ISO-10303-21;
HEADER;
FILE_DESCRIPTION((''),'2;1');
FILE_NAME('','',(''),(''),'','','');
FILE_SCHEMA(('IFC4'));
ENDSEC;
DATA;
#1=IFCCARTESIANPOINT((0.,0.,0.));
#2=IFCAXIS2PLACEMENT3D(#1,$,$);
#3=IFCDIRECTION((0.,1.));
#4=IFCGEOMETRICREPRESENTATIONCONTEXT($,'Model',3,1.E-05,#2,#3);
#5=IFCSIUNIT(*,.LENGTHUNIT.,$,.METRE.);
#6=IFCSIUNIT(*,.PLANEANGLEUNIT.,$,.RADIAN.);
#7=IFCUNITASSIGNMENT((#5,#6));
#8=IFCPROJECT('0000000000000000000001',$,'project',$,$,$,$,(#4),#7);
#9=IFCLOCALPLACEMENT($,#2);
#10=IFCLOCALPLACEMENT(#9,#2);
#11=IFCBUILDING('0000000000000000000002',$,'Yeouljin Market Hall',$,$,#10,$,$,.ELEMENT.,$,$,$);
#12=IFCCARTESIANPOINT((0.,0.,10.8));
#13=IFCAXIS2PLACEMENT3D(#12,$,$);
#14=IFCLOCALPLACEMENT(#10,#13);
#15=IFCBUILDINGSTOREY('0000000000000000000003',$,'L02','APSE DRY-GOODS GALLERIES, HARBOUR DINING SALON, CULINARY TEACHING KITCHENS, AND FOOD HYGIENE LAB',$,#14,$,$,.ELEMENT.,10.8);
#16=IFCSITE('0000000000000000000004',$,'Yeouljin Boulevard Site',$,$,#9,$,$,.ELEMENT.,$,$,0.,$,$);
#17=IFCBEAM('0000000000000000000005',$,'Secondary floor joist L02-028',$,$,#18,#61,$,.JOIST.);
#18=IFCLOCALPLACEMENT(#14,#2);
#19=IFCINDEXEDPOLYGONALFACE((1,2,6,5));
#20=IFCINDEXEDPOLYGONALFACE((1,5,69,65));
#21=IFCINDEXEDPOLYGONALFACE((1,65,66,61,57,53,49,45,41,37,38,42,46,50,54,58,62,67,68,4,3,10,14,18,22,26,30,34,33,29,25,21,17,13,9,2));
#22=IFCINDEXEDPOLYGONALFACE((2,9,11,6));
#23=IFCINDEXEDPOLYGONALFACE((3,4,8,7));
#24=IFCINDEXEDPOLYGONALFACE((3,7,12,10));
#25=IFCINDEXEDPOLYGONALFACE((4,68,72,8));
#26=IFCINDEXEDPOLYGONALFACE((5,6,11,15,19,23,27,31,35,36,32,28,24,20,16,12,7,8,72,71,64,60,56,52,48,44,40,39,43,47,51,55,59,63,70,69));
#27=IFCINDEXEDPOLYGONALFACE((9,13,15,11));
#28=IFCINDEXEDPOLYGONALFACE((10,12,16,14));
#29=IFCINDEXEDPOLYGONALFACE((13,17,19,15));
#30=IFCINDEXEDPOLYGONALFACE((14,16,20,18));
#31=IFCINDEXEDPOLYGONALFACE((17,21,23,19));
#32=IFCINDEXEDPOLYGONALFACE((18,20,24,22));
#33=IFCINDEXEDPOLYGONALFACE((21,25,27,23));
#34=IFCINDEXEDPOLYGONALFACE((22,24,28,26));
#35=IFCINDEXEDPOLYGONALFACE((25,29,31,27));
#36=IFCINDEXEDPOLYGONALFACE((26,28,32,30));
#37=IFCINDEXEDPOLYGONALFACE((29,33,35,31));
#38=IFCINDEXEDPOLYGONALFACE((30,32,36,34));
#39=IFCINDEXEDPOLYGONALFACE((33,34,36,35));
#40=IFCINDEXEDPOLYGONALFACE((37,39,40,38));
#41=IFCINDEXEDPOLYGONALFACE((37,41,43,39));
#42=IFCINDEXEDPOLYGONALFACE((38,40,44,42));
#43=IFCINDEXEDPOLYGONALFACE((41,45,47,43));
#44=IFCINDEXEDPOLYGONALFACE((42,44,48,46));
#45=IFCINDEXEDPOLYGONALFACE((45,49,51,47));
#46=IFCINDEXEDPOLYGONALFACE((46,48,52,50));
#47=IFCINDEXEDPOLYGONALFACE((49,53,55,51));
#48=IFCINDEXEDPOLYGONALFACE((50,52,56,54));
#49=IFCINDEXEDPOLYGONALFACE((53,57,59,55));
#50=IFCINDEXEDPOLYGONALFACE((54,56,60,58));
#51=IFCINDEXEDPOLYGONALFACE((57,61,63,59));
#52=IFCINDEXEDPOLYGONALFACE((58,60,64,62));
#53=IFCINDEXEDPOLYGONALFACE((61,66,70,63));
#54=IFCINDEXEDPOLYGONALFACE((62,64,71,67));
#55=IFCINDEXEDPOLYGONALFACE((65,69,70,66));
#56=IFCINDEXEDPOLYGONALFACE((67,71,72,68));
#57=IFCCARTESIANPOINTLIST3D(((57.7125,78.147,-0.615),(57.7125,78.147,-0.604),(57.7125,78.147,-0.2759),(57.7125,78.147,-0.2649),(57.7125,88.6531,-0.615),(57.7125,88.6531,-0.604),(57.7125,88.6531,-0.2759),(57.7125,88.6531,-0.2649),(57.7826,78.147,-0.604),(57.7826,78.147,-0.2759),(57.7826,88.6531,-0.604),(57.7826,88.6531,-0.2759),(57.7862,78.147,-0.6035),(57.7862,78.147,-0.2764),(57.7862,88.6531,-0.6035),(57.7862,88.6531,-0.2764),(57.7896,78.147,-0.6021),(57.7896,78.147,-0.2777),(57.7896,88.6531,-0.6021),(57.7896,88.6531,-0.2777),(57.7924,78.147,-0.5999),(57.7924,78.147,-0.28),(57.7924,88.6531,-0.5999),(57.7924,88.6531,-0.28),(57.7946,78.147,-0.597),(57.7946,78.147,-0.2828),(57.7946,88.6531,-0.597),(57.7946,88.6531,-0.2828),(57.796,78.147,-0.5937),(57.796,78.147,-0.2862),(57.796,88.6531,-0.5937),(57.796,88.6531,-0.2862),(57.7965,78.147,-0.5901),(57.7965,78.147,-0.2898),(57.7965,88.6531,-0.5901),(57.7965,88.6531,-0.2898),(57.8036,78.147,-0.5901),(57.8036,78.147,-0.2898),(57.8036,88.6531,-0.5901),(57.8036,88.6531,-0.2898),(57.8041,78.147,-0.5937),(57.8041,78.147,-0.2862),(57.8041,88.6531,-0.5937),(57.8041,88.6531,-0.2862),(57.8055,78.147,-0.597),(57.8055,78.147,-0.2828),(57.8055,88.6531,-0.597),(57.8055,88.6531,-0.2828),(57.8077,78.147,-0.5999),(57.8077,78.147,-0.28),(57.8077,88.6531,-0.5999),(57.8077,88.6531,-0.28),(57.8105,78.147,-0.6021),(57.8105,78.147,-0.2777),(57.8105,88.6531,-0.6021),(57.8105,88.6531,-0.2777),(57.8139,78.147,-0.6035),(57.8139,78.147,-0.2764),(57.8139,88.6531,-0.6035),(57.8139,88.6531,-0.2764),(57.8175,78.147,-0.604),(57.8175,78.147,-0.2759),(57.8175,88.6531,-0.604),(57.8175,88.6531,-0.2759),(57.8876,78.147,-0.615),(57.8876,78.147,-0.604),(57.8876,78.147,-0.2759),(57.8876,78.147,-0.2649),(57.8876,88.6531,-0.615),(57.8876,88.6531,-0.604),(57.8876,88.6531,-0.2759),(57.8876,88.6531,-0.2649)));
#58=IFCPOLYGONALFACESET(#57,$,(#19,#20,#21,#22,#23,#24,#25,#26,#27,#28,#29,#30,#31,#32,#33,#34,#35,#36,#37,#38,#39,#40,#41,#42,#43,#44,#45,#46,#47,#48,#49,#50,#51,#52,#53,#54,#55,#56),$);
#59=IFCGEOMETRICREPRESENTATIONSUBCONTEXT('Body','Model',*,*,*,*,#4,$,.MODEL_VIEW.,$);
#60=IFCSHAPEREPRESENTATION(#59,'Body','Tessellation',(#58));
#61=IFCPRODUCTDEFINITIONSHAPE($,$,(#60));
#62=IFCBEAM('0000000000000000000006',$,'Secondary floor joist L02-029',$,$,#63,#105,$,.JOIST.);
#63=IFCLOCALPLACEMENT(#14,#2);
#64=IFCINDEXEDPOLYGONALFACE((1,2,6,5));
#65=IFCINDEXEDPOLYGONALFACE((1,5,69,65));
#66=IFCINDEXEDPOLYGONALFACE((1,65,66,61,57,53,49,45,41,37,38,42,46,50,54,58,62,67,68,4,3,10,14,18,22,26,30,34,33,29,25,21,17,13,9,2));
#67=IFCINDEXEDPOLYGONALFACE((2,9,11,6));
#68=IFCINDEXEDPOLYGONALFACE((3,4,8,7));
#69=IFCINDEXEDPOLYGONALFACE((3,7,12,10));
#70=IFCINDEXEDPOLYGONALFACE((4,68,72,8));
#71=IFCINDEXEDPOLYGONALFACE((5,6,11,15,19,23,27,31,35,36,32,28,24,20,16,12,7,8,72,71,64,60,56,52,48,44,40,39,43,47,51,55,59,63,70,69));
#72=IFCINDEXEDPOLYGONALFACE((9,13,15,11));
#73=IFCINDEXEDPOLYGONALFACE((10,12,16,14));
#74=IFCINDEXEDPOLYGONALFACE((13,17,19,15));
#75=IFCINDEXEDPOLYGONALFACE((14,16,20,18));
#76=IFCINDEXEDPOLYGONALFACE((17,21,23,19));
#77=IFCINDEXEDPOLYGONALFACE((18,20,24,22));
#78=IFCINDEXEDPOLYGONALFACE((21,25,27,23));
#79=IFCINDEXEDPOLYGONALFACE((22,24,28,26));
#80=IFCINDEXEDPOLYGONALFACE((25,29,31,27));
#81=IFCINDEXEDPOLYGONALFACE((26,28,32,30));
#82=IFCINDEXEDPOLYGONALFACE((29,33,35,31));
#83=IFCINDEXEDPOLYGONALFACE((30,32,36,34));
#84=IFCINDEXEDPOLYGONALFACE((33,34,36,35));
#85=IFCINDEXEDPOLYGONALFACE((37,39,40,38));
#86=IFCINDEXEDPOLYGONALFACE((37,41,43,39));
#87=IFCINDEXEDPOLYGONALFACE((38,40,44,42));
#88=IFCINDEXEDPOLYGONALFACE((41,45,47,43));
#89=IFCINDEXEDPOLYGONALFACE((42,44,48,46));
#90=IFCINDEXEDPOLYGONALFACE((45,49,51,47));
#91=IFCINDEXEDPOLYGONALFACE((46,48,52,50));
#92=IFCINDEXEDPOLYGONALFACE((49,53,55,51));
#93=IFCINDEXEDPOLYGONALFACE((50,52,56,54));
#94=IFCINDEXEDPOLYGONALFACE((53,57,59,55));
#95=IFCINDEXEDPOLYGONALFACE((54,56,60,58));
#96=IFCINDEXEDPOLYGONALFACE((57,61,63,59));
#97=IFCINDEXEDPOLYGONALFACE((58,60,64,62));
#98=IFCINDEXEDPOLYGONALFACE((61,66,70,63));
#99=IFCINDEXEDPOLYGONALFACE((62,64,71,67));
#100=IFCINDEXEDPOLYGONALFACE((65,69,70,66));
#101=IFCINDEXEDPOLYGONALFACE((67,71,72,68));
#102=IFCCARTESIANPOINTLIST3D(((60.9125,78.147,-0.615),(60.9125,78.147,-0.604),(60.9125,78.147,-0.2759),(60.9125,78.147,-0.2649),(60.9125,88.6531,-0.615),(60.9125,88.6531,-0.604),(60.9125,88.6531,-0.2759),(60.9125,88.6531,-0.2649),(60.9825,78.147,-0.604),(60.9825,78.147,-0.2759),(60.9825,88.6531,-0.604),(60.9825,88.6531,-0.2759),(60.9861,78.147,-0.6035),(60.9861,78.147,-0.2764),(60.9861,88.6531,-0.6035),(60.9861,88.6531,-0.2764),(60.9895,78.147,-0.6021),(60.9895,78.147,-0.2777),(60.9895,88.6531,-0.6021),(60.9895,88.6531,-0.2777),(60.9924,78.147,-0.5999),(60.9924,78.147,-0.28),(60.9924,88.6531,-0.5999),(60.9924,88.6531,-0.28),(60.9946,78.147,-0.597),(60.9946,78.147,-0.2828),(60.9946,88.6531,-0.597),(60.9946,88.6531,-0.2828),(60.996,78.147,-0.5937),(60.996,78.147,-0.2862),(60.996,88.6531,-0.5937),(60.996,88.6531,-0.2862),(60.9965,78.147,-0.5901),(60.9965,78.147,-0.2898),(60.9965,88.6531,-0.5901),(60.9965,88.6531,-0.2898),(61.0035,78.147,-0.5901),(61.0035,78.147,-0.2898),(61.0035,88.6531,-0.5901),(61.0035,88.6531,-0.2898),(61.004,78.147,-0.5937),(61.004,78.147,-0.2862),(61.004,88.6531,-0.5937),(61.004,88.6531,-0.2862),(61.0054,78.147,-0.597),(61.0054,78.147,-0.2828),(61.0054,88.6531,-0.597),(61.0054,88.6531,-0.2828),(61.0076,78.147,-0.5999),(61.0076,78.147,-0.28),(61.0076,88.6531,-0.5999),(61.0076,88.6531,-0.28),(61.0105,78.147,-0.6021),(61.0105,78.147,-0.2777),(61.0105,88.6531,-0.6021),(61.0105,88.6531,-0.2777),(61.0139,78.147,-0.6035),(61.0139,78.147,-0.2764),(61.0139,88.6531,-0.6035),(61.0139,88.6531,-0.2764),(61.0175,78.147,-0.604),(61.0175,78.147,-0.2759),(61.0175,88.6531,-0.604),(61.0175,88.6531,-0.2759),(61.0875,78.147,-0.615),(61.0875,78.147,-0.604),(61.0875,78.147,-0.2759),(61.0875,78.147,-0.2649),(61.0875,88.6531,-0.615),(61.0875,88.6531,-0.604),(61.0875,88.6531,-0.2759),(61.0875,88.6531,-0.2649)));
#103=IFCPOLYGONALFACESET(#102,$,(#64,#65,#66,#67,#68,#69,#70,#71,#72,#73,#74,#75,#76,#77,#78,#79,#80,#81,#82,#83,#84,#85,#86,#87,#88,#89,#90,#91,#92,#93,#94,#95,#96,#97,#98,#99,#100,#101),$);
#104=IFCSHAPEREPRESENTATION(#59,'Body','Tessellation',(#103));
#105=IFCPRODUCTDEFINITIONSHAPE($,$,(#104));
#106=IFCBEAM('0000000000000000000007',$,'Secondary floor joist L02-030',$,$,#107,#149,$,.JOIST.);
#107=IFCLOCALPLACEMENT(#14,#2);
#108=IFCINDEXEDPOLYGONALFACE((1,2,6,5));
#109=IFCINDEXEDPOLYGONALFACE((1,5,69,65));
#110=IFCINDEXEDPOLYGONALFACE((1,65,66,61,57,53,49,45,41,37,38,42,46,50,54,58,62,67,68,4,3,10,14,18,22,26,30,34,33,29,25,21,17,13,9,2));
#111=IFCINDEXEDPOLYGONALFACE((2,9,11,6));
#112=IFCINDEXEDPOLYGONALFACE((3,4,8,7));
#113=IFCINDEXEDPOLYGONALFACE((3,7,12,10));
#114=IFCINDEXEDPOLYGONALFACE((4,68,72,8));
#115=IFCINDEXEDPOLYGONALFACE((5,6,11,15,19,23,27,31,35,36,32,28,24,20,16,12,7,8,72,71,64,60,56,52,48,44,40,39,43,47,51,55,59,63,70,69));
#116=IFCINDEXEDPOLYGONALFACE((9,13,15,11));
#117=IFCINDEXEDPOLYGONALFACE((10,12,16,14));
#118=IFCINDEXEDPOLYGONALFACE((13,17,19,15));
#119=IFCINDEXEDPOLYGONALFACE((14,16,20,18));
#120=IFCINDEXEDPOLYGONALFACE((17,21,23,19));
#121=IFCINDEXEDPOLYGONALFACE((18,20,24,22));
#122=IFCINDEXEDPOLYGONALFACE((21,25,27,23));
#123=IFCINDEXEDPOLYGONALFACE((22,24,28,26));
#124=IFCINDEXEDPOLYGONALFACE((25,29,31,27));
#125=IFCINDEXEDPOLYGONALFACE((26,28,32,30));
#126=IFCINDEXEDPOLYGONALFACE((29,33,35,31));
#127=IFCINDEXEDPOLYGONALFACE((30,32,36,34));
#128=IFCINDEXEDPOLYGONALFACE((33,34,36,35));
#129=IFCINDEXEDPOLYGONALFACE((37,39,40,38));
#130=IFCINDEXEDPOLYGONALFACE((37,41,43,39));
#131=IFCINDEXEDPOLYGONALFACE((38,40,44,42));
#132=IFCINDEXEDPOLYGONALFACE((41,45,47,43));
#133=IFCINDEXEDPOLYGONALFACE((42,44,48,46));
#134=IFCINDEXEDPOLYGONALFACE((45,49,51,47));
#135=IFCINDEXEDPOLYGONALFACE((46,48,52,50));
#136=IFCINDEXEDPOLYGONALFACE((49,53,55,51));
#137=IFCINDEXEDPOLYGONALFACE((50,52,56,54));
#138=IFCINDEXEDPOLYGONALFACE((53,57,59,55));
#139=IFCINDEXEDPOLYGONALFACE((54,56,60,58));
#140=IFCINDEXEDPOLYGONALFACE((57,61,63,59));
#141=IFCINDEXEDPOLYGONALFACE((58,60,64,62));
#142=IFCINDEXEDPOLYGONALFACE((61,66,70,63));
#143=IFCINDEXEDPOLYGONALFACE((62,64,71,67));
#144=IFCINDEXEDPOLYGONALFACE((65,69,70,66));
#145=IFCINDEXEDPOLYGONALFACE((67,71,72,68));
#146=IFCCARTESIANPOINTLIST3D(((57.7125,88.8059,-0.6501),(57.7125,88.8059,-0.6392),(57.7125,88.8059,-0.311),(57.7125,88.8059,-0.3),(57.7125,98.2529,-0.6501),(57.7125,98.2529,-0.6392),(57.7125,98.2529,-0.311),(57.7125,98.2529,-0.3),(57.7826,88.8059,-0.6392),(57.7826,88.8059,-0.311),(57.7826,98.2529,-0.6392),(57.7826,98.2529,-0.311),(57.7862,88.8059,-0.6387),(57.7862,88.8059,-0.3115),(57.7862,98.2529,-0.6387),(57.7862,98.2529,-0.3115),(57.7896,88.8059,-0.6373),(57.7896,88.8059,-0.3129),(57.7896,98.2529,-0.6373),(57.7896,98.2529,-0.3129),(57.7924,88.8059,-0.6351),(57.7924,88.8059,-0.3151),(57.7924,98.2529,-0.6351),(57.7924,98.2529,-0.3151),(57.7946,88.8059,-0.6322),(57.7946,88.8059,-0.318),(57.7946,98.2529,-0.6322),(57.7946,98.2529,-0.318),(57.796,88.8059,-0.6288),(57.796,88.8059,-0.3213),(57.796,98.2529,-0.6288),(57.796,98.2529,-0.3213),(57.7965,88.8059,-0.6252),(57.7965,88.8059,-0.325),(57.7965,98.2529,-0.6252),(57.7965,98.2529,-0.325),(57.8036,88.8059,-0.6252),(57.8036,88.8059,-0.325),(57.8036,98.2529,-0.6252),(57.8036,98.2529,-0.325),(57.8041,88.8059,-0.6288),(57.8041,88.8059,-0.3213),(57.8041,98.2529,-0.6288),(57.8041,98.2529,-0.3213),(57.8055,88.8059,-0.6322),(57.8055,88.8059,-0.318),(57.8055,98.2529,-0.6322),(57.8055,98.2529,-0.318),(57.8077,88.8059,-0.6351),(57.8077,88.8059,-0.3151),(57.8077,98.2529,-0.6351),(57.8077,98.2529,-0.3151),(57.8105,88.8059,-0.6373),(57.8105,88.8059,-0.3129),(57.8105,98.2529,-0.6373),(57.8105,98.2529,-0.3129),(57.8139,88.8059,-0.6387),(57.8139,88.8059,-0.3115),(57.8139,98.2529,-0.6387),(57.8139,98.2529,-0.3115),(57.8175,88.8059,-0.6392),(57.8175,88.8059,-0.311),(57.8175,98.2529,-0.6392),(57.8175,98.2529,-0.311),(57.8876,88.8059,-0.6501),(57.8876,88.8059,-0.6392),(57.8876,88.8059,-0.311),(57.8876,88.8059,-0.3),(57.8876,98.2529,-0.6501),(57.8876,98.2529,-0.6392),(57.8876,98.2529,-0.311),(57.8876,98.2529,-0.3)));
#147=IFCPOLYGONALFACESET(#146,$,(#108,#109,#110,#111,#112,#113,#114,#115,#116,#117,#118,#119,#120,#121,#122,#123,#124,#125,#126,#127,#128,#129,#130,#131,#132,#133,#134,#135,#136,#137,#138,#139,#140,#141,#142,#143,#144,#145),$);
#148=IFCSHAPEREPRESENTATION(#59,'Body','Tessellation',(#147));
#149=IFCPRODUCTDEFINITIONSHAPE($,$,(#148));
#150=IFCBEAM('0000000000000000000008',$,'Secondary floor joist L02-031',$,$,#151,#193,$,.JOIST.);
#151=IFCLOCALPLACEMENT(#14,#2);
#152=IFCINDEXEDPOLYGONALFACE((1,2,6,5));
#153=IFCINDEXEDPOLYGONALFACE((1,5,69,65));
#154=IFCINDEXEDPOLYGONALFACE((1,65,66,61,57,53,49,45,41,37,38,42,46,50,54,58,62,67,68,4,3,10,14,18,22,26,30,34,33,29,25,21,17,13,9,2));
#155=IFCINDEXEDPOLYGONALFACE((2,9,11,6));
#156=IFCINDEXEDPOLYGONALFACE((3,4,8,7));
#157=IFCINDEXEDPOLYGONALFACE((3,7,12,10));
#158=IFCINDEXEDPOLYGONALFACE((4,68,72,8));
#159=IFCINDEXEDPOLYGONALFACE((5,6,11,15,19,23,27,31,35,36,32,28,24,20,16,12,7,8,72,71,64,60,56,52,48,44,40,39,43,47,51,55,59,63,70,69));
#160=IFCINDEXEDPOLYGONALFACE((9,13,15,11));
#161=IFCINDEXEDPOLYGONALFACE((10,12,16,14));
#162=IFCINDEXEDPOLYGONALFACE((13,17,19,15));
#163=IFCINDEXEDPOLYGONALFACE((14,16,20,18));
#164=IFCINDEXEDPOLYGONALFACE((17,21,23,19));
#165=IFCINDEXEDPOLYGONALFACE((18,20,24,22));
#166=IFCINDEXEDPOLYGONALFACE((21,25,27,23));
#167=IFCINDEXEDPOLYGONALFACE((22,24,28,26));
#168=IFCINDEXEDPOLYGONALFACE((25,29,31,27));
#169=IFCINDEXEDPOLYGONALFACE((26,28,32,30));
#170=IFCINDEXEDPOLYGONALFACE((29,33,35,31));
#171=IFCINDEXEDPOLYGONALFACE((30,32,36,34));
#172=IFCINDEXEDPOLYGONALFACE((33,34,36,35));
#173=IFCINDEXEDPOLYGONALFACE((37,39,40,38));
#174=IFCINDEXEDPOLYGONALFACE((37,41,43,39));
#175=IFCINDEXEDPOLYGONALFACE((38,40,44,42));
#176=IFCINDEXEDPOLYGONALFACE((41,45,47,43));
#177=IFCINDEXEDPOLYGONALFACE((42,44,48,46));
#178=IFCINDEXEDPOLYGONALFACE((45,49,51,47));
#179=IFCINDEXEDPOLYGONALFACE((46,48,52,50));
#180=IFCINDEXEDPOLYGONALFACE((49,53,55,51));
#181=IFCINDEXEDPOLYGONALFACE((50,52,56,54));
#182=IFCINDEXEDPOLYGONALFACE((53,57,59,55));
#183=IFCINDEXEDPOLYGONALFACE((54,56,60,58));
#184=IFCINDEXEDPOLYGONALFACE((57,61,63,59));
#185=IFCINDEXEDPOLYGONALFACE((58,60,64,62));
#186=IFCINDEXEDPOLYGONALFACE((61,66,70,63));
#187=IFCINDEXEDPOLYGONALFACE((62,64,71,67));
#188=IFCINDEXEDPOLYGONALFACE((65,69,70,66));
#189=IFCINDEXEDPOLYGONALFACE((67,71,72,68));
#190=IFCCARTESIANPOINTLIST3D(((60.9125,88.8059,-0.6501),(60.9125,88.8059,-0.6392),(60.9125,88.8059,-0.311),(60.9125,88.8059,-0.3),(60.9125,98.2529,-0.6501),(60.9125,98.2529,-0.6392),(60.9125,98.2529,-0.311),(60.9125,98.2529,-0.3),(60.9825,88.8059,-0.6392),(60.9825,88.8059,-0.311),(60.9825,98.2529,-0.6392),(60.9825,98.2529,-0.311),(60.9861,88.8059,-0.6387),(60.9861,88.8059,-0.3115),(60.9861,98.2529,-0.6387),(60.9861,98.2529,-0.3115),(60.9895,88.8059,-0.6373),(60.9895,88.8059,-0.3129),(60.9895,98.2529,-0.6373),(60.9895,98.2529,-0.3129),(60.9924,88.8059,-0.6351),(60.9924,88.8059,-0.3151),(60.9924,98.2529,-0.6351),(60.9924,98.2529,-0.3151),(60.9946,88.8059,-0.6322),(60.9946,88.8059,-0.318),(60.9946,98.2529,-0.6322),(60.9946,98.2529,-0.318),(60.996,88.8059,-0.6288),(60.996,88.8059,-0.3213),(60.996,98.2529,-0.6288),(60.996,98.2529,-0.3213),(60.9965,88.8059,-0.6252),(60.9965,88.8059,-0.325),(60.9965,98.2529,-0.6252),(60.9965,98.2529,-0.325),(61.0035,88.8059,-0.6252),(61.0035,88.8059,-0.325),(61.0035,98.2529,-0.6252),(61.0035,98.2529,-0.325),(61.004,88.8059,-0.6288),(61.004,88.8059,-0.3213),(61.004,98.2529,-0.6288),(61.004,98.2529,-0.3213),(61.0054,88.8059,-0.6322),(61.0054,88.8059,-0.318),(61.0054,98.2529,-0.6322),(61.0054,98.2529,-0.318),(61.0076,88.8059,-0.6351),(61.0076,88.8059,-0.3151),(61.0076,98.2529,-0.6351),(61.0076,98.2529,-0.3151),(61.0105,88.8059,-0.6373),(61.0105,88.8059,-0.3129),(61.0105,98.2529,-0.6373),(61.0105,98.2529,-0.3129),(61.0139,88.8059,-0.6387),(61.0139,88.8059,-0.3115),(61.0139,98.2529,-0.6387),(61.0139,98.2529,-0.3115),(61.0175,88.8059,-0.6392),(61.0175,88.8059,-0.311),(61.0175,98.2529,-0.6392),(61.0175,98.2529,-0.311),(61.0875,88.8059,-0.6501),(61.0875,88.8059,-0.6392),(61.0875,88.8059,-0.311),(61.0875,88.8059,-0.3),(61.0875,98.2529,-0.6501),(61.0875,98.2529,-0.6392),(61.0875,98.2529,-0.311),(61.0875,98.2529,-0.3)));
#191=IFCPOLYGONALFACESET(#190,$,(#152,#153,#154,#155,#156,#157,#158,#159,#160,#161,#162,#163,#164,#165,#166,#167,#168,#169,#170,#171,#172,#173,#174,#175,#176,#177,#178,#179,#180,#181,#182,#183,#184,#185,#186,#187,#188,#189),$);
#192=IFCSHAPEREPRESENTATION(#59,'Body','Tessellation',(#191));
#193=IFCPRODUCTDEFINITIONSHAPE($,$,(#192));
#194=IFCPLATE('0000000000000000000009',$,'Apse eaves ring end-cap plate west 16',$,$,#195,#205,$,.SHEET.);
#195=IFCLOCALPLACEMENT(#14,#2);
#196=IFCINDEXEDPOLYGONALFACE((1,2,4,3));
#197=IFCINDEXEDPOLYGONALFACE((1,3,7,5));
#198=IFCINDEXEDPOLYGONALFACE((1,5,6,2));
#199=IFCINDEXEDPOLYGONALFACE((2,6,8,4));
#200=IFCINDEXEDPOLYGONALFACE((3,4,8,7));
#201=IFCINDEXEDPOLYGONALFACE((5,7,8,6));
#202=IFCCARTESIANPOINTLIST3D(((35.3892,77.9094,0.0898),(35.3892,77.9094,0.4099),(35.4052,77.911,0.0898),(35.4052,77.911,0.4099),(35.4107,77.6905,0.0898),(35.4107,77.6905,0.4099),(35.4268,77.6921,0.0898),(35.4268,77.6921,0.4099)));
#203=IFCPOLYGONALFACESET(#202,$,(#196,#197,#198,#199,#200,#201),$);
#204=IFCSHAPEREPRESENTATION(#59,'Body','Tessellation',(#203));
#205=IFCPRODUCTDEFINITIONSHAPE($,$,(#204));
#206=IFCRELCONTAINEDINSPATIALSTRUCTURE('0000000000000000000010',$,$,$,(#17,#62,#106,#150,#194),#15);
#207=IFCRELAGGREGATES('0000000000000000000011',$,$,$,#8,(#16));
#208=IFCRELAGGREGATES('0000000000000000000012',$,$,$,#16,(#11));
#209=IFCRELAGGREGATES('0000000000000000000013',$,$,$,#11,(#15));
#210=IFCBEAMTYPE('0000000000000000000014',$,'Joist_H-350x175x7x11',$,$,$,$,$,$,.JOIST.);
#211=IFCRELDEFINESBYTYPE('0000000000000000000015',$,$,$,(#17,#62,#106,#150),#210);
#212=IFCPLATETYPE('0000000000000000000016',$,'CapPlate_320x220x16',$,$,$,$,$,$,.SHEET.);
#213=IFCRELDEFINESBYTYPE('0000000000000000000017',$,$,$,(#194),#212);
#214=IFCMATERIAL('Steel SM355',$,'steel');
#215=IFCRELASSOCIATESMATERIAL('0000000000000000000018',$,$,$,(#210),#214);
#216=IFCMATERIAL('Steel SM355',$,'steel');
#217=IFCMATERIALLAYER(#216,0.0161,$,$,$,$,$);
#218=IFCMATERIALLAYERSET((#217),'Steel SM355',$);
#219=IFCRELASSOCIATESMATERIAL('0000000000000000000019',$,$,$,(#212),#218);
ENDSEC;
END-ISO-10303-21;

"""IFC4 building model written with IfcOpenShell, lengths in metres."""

from ifc_helpers import new_model, si_unit, direction, frame, origin, origin_2d, place, context, subcontext, project, spatial, rectangle, i_section, extrude, material, layer, layer_set, material_profile, profile_set, type_object, element, save


model = new_model("IFC4")

# Units and contexts
model_context = context("Model", 3, precision=1e-05, world=origin(), true_north=direction((0.0, 1.0)))
body_context = subcontext(model_context, "Body", "Model", "MODEL_VIEW")
ifc_project = project(units=[si_unit("LENGTHUNIT", "METRE"), si_unit("PLANEANGLEUNIT", "RADIAN")], contexts=[model_context])

# Site, building, storey
site_placement = place(None, origin())
site = spatial("IfcSite", under=ifc_project, at=site_placement, Name="Yeouljin Boulevard Site", CompositionType="ELEMENT", RefElevation=0.0)
building_placement = place(site_placement, origin())
building = spatial("IfcBuilding", under=site, at=building_placement, Name="Yeouljin Market Hall", CompositionType="ELEMENT")
storey_placement = place(building_placement, frame((0.0, 0.0, 10.8)))
storey = spatial("IfcBuildingStorey", under=building, at=storey_placement, Name="L02", Description="APSE DRY-GOODS GALLERIES, HARBOUR DINING SALON, CULINARY TEACHING KITCHENS, AND FOOD HYGIENE LAB", CompositionType="ELEMENT", Elevation=10.8)

# Beams
ifc_material_1 = material(Name="Steel SM355", Category="steel")
ifc_material_profile_1 = material_profile(ifc_material_1, i_section(OverallWidth=0.175, OverallDepth=0.3501, WebThickness=0.0071, FlangeThickness=0.011, FilletRadius=0.0139, at=origin_2d()), Name="H-350x175x7x11")
ifc_profile_set_1 = profile_set([ifc_material_profile_1], Name="Steel SM355")
beam_type_1 = type_object("IfcBeamType", Name="Joist_H-350x175x7x11", PredefinedType="JOIST", material=ifc_profile_set_1)
for number, where, z_axis, x_axis, name in (
    (1, (57.8, 78.147, -0.4399), (0.0, 1.0, 0.0), (-1.0, 0.0, 0.0), "Secondary floor joist L02-028"),
    (2, (61.0, 78.147, -0.4399), (0.0, 1.0, 0.0), (-1.0, 0.0, 0.0), "Secondary floor joist L02-029"),
):
    element("IfcBeam", number, at=place(storey_placement, frame(where, z_axis=z_axis, x_axis=x_axis)), inside=storey, type_object=beam_type_1, Name=name, PredefinedType="JOIST", context=body_context, shape_type="SweptSolid", body=[
        extrude(i_section(OverallWidth=0.175, OverallDepth=0.3501, WebThickness=0.0071, FlangeThickness=0.011, FilletRadius=0.0139, at=origin_2d()), origin(), (0.0, 0.0, 1.0), 10.5061),
    ])
for number, where, z_axis, x_axis, name in (
    (3, (57.8, 88.8059, -0.4751), (0.0, 1.0, 0.0), (-1.0, 0.0, 0.0), "Secondary floor joist L02-030"),
    (4, (61.0, 88.8059, -0.4751), (0.0, 1.0, 0.0), (-1.0, 0.0, 0.0), "Secondary floor joist L02-031"),
):
    element("IfcBeam", number, at=place(storey_placement, frame(where, z_axis=z_axis, x_axis=x_axis)), inside=storey, type_object=beam_type_1, Name=name, PredefinedType="JOIST", context=body_context, shape_type="SweptSolid", body=[
        extrude(i_section(OverallWidth=0.175, OverallDepth=0.3501, WebThickness=0.0071, FlangeThickness=0.011, FilletRadius=0.0139, at=origin_2d()), origin(), (0.0, 0.0, 1.0), 9.447),
    ])

# Plate
ifc_material_2 = material(Name="Steel SM355", Category="steel")
ifc_layer_1 = layer(ifc_material_2, 0.0161)
ifc_layer_set_1 = layer_set([ifc_layer_1], Name="Steel SM355")
plate_type = type_object("IfcPlateType", Name="CapPlate_320x220x16", PredefinedType="SHEET", material=ifc_layer_set_1)
plate_placement = place(storey_placement, frame((35.408, 77.8008, 0.0898), z_axis=(0.0, 0.0, 1.0), x_axis=(-0.098104, 0.995176, 0.0)))
element("IfcPlate", 5, at=plate_placement, inside=storey, type_object=plate_type, Name="Apse eaves ring end-cap plate west 16", PredefinedType="SHEET", context=body_context, shape_type="SweptSolid", body=[
    extrude(rectangle(XDim=0.22, YDim=0.0161, at=origin_2d()), origin(), (0.0, 0.0, 1.0), 0.3201),
])

save(model, "model.ifc")
